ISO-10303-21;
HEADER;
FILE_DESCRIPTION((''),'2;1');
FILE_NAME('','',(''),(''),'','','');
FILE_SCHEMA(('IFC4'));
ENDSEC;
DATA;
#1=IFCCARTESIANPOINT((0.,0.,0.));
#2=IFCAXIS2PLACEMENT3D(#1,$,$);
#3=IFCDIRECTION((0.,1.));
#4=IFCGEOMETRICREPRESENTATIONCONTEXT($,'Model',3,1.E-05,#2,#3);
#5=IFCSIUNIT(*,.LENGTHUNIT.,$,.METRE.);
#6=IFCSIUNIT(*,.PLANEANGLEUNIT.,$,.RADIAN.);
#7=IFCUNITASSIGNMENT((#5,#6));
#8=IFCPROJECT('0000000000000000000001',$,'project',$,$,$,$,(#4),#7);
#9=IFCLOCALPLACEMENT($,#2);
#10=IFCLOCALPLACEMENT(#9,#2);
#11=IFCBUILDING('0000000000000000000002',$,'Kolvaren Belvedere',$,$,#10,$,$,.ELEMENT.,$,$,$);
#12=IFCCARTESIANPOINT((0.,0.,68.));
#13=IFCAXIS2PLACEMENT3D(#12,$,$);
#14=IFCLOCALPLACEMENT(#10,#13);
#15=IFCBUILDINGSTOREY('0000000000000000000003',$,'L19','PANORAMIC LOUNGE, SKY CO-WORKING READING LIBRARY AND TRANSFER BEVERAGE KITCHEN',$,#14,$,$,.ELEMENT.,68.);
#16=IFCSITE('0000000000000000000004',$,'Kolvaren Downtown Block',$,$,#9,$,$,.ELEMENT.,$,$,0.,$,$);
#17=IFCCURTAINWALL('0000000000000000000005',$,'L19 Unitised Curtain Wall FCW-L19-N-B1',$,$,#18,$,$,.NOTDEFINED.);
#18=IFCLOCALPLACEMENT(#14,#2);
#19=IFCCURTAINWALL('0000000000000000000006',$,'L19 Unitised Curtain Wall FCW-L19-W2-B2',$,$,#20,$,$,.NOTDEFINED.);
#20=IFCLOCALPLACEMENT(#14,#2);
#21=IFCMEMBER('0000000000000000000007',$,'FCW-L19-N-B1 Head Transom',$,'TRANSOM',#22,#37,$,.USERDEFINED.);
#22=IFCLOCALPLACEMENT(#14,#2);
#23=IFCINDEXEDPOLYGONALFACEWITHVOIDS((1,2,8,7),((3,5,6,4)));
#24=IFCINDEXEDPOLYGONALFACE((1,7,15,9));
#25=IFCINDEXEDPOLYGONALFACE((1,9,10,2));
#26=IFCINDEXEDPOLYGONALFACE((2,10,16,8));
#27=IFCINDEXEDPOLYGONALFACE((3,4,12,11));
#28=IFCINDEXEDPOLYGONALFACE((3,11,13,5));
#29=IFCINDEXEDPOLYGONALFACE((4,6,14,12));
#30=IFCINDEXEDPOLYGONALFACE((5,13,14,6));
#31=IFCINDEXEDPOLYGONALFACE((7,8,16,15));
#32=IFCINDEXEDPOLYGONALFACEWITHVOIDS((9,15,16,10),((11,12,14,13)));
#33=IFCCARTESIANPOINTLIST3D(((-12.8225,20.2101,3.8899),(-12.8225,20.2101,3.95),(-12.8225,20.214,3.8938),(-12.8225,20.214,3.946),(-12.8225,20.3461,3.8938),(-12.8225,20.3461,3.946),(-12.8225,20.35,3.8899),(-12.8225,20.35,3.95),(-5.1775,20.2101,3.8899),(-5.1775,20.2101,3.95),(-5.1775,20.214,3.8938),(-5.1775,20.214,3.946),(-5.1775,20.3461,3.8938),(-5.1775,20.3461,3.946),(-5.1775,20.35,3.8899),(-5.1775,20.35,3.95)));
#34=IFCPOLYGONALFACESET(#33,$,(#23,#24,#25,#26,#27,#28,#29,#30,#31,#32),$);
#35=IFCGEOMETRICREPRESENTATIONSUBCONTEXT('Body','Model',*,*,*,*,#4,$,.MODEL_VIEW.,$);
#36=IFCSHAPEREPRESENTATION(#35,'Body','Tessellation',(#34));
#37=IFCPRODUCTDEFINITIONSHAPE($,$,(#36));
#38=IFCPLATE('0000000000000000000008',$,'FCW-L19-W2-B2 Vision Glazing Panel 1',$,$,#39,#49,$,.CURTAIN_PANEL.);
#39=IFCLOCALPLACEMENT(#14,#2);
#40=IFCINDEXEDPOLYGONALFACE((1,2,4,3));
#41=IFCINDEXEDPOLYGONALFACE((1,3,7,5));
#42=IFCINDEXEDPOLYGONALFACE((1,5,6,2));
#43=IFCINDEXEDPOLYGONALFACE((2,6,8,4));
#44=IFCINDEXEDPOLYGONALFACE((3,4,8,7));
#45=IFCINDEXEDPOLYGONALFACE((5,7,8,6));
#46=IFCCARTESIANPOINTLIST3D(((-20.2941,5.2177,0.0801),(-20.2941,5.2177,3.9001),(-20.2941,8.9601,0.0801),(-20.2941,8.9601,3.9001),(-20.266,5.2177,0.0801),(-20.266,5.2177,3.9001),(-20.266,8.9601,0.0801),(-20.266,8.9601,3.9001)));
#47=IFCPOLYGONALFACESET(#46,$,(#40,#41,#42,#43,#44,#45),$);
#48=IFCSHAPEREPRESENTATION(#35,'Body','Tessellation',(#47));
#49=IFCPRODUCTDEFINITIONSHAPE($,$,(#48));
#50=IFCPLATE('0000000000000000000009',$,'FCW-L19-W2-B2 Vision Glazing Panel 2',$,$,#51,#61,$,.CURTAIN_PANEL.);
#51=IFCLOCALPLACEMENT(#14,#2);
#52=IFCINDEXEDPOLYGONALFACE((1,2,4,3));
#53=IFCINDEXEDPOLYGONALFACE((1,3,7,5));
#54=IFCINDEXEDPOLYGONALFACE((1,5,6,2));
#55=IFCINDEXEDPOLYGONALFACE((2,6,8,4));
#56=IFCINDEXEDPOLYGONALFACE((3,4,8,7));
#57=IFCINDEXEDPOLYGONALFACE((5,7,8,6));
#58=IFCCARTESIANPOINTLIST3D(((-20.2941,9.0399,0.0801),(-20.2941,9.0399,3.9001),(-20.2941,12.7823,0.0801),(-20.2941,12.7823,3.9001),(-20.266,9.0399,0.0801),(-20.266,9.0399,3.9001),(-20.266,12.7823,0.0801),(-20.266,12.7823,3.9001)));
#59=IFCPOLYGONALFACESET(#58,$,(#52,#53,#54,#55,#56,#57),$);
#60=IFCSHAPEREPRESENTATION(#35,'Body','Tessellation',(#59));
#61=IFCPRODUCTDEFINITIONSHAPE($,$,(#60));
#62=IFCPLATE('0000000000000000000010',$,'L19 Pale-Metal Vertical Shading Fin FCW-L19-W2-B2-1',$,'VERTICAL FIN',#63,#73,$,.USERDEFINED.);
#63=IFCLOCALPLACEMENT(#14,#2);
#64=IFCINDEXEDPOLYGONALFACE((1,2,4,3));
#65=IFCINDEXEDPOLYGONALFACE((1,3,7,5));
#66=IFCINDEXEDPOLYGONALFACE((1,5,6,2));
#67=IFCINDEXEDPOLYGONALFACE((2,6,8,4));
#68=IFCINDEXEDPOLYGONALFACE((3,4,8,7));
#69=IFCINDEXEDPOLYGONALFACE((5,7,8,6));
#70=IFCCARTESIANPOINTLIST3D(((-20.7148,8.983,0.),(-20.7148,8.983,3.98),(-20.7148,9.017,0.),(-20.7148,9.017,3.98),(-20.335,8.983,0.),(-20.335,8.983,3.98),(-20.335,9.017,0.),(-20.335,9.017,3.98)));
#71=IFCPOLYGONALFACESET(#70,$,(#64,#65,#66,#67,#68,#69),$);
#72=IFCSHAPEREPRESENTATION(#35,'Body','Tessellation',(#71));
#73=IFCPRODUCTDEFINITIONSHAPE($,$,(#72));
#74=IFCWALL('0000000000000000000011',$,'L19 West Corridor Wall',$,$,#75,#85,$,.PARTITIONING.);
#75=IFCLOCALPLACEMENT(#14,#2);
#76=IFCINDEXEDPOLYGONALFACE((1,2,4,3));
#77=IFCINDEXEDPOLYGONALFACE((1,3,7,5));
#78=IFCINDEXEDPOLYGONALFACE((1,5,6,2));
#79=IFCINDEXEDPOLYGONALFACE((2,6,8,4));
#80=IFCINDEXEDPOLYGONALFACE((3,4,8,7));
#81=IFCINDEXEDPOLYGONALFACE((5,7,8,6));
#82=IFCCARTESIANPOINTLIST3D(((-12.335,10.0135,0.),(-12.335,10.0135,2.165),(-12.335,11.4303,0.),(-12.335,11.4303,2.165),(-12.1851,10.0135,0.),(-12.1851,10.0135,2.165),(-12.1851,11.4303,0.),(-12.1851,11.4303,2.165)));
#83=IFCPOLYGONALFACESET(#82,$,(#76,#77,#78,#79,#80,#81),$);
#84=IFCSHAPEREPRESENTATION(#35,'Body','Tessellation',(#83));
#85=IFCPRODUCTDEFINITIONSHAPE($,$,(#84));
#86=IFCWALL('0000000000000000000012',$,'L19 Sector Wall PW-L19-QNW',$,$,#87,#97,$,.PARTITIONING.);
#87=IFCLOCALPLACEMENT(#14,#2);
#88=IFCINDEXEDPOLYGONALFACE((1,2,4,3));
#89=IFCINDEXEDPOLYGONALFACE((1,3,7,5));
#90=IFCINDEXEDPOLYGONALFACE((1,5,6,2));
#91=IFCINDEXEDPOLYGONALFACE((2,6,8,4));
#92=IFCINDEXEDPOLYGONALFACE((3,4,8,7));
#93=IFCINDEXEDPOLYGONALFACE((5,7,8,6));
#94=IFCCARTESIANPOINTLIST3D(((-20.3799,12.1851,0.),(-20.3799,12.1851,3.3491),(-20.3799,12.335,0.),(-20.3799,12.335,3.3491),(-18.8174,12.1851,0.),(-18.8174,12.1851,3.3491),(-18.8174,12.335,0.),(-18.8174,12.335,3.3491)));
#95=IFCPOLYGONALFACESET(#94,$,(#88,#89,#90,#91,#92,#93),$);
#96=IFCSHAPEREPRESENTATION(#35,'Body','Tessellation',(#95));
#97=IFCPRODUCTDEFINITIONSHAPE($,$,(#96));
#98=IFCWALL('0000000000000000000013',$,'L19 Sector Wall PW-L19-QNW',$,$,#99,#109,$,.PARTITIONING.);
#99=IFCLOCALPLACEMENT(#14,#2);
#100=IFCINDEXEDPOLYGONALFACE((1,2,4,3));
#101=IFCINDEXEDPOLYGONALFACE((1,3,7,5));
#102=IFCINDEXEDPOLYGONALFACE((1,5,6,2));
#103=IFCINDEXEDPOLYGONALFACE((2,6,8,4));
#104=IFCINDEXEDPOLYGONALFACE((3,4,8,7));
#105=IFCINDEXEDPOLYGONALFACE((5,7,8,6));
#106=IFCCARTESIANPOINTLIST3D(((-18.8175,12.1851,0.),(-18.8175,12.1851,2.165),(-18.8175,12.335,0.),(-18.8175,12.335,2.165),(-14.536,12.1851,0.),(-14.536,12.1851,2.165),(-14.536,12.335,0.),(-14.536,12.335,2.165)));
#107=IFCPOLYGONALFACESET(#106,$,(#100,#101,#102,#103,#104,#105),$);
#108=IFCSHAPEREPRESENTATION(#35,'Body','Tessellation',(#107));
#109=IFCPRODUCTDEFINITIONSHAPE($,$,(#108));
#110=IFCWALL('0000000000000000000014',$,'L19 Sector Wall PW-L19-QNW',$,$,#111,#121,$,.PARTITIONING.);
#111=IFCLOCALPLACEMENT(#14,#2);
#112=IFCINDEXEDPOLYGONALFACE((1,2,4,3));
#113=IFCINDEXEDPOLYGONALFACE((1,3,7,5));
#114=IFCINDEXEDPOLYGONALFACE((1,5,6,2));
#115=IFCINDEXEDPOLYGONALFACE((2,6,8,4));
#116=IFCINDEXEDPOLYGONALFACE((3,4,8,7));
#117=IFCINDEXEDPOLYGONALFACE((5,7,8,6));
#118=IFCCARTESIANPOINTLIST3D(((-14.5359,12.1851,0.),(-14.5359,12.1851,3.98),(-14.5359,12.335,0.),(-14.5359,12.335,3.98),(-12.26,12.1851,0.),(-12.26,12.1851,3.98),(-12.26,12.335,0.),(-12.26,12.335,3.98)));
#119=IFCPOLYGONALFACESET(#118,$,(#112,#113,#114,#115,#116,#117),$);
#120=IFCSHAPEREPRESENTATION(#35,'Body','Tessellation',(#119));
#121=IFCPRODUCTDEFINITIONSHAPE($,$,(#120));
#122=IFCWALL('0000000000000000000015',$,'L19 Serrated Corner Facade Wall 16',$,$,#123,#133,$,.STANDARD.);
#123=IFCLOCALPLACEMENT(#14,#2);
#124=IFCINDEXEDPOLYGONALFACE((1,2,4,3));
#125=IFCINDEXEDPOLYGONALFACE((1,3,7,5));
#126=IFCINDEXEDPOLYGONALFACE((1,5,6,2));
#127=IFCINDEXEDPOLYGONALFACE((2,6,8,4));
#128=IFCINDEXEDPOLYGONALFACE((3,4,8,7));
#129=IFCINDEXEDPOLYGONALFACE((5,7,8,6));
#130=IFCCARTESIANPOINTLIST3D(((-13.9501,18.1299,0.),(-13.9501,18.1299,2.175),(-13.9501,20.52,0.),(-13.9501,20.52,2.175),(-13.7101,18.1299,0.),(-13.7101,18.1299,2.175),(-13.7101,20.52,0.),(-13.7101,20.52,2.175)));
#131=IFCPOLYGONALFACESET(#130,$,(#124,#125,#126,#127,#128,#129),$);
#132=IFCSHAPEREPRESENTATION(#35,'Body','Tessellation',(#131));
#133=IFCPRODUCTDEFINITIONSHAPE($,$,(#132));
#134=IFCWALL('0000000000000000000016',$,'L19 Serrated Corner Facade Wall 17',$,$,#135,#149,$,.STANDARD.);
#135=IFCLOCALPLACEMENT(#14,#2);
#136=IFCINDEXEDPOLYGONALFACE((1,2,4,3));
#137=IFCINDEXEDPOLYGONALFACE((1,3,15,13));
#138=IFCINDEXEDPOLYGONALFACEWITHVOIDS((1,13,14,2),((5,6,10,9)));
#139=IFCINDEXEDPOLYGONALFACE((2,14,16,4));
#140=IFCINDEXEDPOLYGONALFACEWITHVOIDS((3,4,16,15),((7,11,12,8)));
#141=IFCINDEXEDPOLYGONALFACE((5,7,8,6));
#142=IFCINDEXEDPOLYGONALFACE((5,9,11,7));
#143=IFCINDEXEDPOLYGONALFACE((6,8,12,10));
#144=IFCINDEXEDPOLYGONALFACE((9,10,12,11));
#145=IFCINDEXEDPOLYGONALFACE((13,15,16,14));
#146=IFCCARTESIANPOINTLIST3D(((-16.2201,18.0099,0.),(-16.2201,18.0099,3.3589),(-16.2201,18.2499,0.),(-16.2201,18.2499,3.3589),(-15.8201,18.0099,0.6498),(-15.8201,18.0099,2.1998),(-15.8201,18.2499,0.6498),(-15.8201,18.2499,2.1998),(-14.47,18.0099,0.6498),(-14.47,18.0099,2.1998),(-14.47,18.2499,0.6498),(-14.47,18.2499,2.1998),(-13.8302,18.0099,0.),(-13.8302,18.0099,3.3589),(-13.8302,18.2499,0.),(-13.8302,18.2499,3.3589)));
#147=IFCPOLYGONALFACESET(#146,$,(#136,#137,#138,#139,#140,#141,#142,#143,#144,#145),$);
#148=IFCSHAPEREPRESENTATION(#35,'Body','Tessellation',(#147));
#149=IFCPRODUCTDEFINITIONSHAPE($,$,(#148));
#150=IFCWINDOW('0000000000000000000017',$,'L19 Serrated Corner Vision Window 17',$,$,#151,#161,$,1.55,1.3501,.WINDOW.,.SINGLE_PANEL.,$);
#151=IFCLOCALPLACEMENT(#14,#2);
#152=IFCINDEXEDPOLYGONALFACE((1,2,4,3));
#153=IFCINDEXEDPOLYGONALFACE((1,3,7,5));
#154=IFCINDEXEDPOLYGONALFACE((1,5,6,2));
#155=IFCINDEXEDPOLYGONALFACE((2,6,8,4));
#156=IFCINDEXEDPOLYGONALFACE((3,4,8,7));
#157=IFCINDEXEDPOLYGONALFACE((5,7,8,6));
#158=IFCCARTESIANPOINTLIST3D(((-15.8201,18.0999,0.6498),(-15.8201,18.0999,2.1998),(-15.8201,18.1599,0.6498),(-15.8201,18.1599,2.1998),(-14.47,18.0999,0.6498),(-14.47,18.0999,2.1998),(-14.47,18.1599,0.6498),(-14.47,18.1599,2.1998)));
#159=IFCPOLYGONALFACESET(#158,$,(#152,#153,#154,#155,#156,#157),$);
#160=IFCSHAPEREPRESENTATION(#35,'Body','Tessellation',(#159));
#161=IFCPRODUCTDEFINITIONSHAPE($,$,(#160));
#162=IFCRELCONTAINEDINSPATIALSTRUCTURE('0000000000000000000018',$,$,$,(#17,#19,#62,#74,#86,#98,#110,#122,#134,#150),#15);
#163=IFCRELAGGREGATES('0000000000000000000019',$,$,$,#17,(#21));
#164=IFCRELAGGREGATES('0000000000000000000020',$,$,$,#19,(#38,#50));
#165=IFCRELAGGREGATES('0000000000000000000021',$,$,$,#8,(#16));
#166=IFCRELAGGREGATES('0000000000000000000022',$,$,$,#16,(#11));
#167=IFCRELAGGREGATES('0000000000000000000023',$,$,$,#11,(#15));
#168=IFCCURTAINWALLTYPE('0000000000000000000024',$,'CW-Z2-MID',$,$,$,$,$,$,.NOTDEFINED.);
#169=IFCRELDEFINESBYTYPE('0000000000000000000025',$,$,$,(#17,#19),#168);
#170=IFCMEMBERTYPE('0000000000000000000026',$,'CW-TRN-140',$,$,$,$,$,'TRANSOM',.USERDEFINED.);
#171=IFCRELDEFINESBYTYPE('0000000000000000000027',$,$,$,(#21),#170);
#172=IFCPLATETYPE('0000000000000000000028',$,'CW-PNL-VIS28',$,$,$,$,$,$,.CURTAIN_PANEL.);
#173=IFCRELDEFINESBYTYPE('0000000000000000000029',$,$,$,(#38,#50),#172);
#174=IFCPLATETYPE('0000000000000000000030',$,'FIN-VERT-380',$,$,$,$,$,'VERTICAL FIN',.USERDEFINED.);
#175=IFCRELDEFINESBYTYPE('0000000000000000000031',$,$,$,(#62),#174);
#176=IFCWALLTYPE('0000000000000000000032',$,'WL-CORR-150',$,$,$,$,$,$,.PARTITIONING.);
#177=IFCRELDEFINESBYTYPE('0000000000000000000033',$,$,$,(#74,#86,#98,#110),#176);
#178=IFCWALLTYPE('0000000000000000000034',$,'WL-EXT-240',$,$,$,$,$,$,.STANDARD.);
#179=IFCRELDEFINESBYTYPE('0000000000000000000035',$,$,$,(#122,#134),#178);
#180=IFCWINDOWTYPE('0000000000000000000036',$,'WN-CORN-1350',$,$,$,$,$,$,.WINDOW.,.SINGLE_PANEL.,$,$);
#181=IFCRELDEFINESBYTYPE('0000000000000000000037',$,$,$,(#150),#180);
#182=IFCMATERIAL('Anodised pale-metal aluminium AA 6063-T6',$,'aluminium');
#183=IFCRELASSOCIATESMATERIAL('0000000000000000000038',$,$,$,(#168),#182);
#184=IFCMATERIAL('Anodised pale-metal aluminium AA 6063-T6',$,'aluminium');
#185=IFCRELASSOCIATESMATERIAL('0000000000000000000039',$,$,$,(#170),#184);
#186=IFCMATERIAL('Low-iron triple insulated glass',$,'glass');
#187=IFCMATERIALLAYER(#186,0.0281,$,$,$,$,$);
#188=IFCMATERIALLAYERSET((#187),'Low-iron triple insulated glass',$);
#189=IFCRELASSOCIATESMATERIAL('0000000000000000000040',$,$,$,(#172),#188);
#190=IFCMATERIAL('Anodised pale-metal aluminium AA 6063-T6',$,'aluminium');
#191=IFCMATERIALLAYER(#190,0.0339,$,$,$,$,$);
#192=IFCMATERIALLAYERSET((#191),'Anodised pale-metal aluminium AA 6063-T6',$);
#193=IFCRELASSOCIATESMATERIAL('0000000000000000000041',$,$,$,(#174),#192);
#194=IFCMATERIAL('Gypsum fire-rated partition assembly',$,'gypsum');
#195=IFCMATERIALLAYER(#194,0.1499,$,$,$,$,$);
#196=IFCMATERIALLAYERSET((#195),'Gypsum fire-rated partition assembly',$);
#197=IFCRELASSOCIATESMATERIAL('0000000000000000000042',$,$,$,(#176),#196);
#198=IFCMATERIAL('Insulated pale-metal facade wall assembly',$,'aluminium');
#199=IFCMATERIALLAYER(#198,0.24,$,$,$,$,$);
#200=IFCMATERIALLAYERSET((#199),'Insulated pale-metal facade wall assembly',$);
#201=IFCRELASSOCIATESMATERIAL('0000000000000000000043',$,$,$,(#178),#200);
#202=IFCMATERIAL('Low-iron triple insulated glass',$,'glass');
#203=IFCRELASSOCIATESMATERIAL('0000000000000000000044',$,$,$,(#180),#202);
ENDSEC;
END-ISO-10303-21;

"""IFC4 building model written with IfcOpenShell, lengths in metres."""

from ifc_helpers import new_model, si_unit, direction, frame, frame_2d, origin, origin_2d, place, context, subcontext, project, spatial, rectangle, hollow_rectangle, extrude, material, layer, layer_set, material_profile, profile_set, type_object, element, fill, aggregate, save


model = new_model("IFC4")

# Units and contexts
model_context = context("Model", 3, precision=1e-05, world=origin(), true_north=direction((0.0, 1.0)))
body_context = subcontext(model_context, "Body", "Model", "MODEL_VIEW")
ifc_project = project(units=[si_unit("LENGTHUNIT", "METRE"), si_unit("PLANEANGLEUNIT", "RADIAN")], contexts=[model_context])

# Site, building, storey
site_placement = place(None, origin())
site = spatial("IfcSite", under=ifc_project, at=site_placement, Name="Kolvaren Downtown Block", CompositionType="ELEMENT", RefElevation=0.0)
building_placement = place(site_placement, origin())
building = spatial("IfcBuilding", under=site, at=building_placement, Name="Kolvaren Belvedere", CompositionType="ELEMENT")
storey_placement = place(building_placement, frame((0.0, 0.0, 68.0)))
storey = spatial("IfcBuildingStorey", under=building, at=storey_placement, Name="L19", Description="PANORAMIC LOUNGE, SKY CO-WORKING READING LIBRARY AND TRANSFER BEVERAGE KITCHEN", CompositionType="ELEMENT", Elevation=68.0)

# Curtain wall
ifc_material_1 = material(Name="Anodised pale-metal aluminium AA 6063-T6", Category="aluminium")
curtain_wall_type = type_object("IfcCurtainWallType", Name="CW-Z2-MID", PredefinedType="NOTDEFINED", material=ifc_material_1)
curtain_wall_1_placement = place(storey_placement, origin())
curtain_wall_1 = element("IfcCurtainWall", 1, at=curtain_wall_1_placement, inside=storey, type_object=curtain_wall_type, Name="L19 Unitised Curtain Wall FCW-L19-N-B1", PredefinedType="NOTDEFINED")

# Curtain wall
curtain_wall_2_placement = place(storey_placement, origin())
curtain_wall_2 = element("IfcCurtainWall", 2, at=curtain_wall_2_placement, inside=storey, type_object=curtain_wall_type, Name="L19 Unitised Curtain Wall FCW-L19-W2-B2", PredefinedType="NOTDEFINED")

# Member
ifc_material_2 = material(Name="Anodised pale-metal aluminium AA 6063-T6", Category="aluminium")
ifc_material_profile_1 = material_profile(ifc_material_2, hollow_rectangle(XDim=0.0601, YDim=0.1399, WallThickness=0.0039, at=origin_2d()), Name="ALU-TRN-140X60")
ifc_profile_set_1 = profile_set([ifc_material_profile_1], Name="Anodised pale-metal aluminium AA 6063-T6")
member_type_1 = type_object("IfcMemberType", Name="CW-TRN-140", ElementType="TRANSOM", PredefinedType="USERDEFINED", material=ifc_profile_set_1)
member_1_placement = place(storey_placement, frame((-12.8225, 20.28, 3.9199), z_axis=(1.0, 0.0, 0.0), x_axis=(0.0, 0.0, 1.0)))
member_1 = element("IfcMember", 3, at=member_1_placement, type_object=member_type_1, Name="FCW-L19-N-B1 Head Transom", ObjectType="TRANSOM", PredefinedType="USERDEFINED", context=body_context, shape_type="SweptSolid", body=[
    extrude(hollow_rectangle(XDim=0.0601, YDim=0.1399, WallThickness=0.0039, at=origin_2d()), origin(), (0.0, 0.0, 1.0), 7.645),
])
aggregate(curtain_wall_1, [member_1])

# Plates
ifc_material_3 = material(Name="Low-iron triple insulated glass", Category="glass")
ifc_layer_1 = layer(ifc_material_3, 0.0281)
ifc_layer_set_1 = layer_set([ifc_layer_1], Name="Low-iron triple insulated glass")
plate_type_1 = type_object("IfcPlateType", Name="CW-PNL-VIS28", PredefinedType="CURTAIN_PANEL", material=ifc_layer_set_1)
plate_1_placement = place(storey_placement, frame((-20.28, 7.0889, 0.0801), z_axis=(0.0, 0.0, 1.0), x_axis=(0.0, 1.0, 0.0)))
plate_1 = element("IfcPlate", 4, at=plate_1_placement, type_object=plate_type_1, Name="FCW-L19-W2-B2 Vision Glazing Panel 1", PredefinedType="CURTAIN_PANEL", context=body_context, shape_type="SweptSolid", body=[
    extrude(rectangle(XDim=3.7424, YDim=0.0281, at=origin_2d()), origin(), (0.0, 0.0, 1.0), 3.8201),
])
plate_2_placement = place(storey_placement, frame((-20.28, 10.9111, 0.0801), z_axis=(0.0, 0.0, 1.0), x_axis=(0.0, 1.0, 0.0)))
plate_2 = element("IfcPlate", 5, at=plate_2_placement, type_object=plate_type_1, Name="FCW-L19-W2-B2 Vision Glazing Panel 2", PredefinedType="CURTAIN_PANEL", context=body_context, shape_type="SweptSolid", body=[
    extrude(rectangle(XDim=3.7424, YDim=0.0281, at=origin_2d()), origin(), (0.0, 0.0, 1.0), 3.8201),
])
aggregate(curtain_wall_2, [plate_1, plate_2])
ifc_material_4 = material(Name="Anodised pale-metal aluminium AA 6063-T6", Category="aluminium")
ifc_layer_2 = layer(ifc_material_4, 0.0339)
ifc_layer_set_2 = layer_set([ifc_layer_2], Name="Anodised pale-metal aluminium AA 6063-T6")
plate_type_2 = type_object("IfcPlateType", Name="FIN-VERT-380", ElementType="VERTICAL FIN", PredefinedType="USERDEFINED", material=ifc_layer_set_2)
plate_3_placement = place(storey_placement, frame((-20.5249, 9.0, 0.0), z_axis=(0.0, 0.0, 1.0), x_axis=(1.0, 0.0, 0.0)))
element("IfcPlate", 6, at=plate_3_placement, inside=storey, type_object=plate_type_2, Name="L19 Pale-Metal Vertical Shading Fin FCW-L19-W2-B2-1", ObjectType="VERTICAL FIN", PredefinedType="USERDEFINED", context=body_context, shape_type="SweptSolid", body=[
    extrude(rectangle(XDim=0.3799, YDim=0.0339, at=origin_2d()), origin(), (0.0, 0.0, 1.0), 3.98),
])

# Walls
ifc_material_5 = material(Name="Gypsum fire-rated partition assembly", Category="gypsum")
ifc_layer_3 = layer(ifc_material_5, 0.1499)
ifc_layer_set_3 = layer_set([ifc_layer_3], Name="Gypsum fire-rated partition assembly")
wall_type_1 = type_object("IfcWallType", Name="WL-CORR-150", PredefinedType="PARTITIONING", material=ifc_layer_set_3)
wall_1_placement = place(storey_placement, frame((-12.26, 10.0134, 0.0), z_axis=(0.0, 0.0, 1.0), x_axis=(0.0, 1.0, 0.0)))
element("IfcWall", 7, at=wall_1_placement, inside=storey, type_object=wall_type_1, Name="L19 West Corridor Wall", PredefinedType="PARTITIONING", context=body_context, shape_type="SweptSolid", body=[
    extrude(rectangle(XDim=1.4167, YDim=0.1499, at=frame_2d((0.7085, 0.0))), origin(), (0.0, 0.0, 1.0), 2.165),
])
wall_2_placement = place(storey_placement, frame((-20.3799, 12.26, 0.0), z_axis=(0.0, 0.0, 1.0), x_axis=(1.0, 0.0, 0.0)))
element("IfcWall", 8, at=wall_2_placement, inside=storey, type_object=wall_type_1, Name="L19 Sector Wall PW-L19-QNW", PredefinedType="PARTITIONING", context=body_context, shape_type="SweptSolid", body=[
    extrude(rectangle(XDim=1.5625, YDim=0.1499, at=frame_2d((0.7812, 0.0))), origin(), (0.0, 0.0, 1.0), 3.3491),
])
wall_3_placement = place(storey_placement, frame((-18.8174, 12.26, 0.0), z_axis=(0.0, 0.0, 1.0), x_axis=(1.0, 0.0, 0.0)))
element("IfcWall", 9, at=wall_3_placement, inside=storey, type_object=wall_type_1, Name="L19 Sector Wall PW-L19-QNW", PredefinedType="PARTITIONING", context=body_context, shape_type="SweptSolid", body=[
    extrude(rectangle(XDim=4.2815, YDim=0.1499, at=frame_2d((2.1406, 0.0))), origin(), (0.0, 0.0, 1.0), 2.165),
])
wall_4_placement = place(storey_placement, frame((-14.5359, 12.26, 0.0), z_axis=(0.0, 0.0, 1.0), x_axis=(1.0, 0.0, 0.0)))
element("IfcWall", 10, at=wall_4_placement, inside=storey, type_object=wall_type_1, Name="L19 Sector Wall PW-L19-QNW", PredefinedType="PARTITIONING", context=body_context, shape_type="SweptSolid", body=[
    extrude(rectangle(XDim=2.2759, YDim=0.1499, at=frame_2d((1.1379, 0.0))), origin(), (0.0, 0.0, 1.0), 3.98),
])
ifc_material_6 = material(Name="Insulated pale-metal facade wall assembly", Category="aluminium")
ifc_layer_4 = layer(ifc_material_6, 0.24)
ifc_layer_set_4 = layer_set([ifc_layer_4], Name="Insulated pale-metal facade wall assembly")
wall_type_2 = type_object("IfcWallType", Name="WL-EXT-240", PredefinedType="STANDARD", material=ifc_layer_set_4)
wall_5_placement = place(storey_placement, frame((-13.8301, 18.1299, 0.0), z_axis=(0.0, 0.0, 1.0), x_axis=(0.0, 1.0, 0.0)))
element("IfcWall", 11, at=wall_5_placement, inside=storey, type_object=wall_type_2, Name="L19 Serrated Corner Facade Wall 16", PredefinedType="STANDARD", context=body_context, shape_type="SweptSolid", body=[
    extrude(rectangle(XDim=2.3901, YDim=0.24, at=frame_2d((1.1951, 0.0))), origin(), (0.0, 0.0, 1.0), 2.175),
])

# Wall, opening, window
wall_6_placement = place(storey_placement, frame((-16.22, 18.1299, 0.0), z_axis=(0.0, 0.0, 1.0), x_axis=(1.0, 0.0, 0.0)))
wall_6 = element("IfcWall", 12, at=wall_6_placement, inside=storey, type_object=wall_type_2, Name="L19 Serrated Corner Facade Wall 17", PredefinedType="STANDARD", context=body_context, shape_type="SweptSolid", body=[
    extrude(rectangle(XDim=2.3899, YDim=0.24, at=frame_2d((1.1948, 0.0))), origin(), (0.0, 0.0, 1.0), 3.3589),
])
opening_1_placement = place(wall_6_placement, frame((0.3999, 0.0, 0.6499)))
opening_1 = element("IfcOpeningElement", 13, at=opening_1_placement, cuts=wall_6, PredefinedType="OPENING", context=body_context, shape_type="SweptSolid", body=[
    extrude(rectangle(XDim=1.3501, YDim=1.55, at=frame_2d((0.675, 0.7749))), frame((0.0, 0.1299, 0.0), z_axis=(0.0, -1.0, 0.0), x_axis=(1.0, 0.0, 0.0)), (0.0, 0.0, 1.0), 0.26),
])
ifc_material_7 = material(Name="Low-iron triple insulated glass", Category="glass")
window_type_1 = type_object("IfcWindowType", Name="WN-CORN-1350", PartitioningType="SINGLE_PANEL", PredefinedType="WINDOW", material=ifc_material_7)
window_1_placement = place(opening_1_placement, origin())
window_1 = element("IfcWindow", 14, at=window_1_placement, inside=storey, type_object=window_type_1, Name="L19 Serrated Corner Vision Window 17", OverallHeight=1.55, OverallWidth=1.3501, PartitioningType="SINGLE_PANEL", PredefinedType="WINDOW", context=body_context, shape_type="SweptSolid", body=[
    extrude(rectangle(XDim=1.3501, YDim=1.55, at=frame_2d((0.675, 0.7749))), frame((0.0, 0.03, 0.0), z_axis=(0.0, -1.0, 0.0), x_axis=(1.0, 0.0, 0.0)), (0.0, 0.0, 1.0), 0.0601),
])
fill(opening_1, window_1)

save(model, "model.ifc")
